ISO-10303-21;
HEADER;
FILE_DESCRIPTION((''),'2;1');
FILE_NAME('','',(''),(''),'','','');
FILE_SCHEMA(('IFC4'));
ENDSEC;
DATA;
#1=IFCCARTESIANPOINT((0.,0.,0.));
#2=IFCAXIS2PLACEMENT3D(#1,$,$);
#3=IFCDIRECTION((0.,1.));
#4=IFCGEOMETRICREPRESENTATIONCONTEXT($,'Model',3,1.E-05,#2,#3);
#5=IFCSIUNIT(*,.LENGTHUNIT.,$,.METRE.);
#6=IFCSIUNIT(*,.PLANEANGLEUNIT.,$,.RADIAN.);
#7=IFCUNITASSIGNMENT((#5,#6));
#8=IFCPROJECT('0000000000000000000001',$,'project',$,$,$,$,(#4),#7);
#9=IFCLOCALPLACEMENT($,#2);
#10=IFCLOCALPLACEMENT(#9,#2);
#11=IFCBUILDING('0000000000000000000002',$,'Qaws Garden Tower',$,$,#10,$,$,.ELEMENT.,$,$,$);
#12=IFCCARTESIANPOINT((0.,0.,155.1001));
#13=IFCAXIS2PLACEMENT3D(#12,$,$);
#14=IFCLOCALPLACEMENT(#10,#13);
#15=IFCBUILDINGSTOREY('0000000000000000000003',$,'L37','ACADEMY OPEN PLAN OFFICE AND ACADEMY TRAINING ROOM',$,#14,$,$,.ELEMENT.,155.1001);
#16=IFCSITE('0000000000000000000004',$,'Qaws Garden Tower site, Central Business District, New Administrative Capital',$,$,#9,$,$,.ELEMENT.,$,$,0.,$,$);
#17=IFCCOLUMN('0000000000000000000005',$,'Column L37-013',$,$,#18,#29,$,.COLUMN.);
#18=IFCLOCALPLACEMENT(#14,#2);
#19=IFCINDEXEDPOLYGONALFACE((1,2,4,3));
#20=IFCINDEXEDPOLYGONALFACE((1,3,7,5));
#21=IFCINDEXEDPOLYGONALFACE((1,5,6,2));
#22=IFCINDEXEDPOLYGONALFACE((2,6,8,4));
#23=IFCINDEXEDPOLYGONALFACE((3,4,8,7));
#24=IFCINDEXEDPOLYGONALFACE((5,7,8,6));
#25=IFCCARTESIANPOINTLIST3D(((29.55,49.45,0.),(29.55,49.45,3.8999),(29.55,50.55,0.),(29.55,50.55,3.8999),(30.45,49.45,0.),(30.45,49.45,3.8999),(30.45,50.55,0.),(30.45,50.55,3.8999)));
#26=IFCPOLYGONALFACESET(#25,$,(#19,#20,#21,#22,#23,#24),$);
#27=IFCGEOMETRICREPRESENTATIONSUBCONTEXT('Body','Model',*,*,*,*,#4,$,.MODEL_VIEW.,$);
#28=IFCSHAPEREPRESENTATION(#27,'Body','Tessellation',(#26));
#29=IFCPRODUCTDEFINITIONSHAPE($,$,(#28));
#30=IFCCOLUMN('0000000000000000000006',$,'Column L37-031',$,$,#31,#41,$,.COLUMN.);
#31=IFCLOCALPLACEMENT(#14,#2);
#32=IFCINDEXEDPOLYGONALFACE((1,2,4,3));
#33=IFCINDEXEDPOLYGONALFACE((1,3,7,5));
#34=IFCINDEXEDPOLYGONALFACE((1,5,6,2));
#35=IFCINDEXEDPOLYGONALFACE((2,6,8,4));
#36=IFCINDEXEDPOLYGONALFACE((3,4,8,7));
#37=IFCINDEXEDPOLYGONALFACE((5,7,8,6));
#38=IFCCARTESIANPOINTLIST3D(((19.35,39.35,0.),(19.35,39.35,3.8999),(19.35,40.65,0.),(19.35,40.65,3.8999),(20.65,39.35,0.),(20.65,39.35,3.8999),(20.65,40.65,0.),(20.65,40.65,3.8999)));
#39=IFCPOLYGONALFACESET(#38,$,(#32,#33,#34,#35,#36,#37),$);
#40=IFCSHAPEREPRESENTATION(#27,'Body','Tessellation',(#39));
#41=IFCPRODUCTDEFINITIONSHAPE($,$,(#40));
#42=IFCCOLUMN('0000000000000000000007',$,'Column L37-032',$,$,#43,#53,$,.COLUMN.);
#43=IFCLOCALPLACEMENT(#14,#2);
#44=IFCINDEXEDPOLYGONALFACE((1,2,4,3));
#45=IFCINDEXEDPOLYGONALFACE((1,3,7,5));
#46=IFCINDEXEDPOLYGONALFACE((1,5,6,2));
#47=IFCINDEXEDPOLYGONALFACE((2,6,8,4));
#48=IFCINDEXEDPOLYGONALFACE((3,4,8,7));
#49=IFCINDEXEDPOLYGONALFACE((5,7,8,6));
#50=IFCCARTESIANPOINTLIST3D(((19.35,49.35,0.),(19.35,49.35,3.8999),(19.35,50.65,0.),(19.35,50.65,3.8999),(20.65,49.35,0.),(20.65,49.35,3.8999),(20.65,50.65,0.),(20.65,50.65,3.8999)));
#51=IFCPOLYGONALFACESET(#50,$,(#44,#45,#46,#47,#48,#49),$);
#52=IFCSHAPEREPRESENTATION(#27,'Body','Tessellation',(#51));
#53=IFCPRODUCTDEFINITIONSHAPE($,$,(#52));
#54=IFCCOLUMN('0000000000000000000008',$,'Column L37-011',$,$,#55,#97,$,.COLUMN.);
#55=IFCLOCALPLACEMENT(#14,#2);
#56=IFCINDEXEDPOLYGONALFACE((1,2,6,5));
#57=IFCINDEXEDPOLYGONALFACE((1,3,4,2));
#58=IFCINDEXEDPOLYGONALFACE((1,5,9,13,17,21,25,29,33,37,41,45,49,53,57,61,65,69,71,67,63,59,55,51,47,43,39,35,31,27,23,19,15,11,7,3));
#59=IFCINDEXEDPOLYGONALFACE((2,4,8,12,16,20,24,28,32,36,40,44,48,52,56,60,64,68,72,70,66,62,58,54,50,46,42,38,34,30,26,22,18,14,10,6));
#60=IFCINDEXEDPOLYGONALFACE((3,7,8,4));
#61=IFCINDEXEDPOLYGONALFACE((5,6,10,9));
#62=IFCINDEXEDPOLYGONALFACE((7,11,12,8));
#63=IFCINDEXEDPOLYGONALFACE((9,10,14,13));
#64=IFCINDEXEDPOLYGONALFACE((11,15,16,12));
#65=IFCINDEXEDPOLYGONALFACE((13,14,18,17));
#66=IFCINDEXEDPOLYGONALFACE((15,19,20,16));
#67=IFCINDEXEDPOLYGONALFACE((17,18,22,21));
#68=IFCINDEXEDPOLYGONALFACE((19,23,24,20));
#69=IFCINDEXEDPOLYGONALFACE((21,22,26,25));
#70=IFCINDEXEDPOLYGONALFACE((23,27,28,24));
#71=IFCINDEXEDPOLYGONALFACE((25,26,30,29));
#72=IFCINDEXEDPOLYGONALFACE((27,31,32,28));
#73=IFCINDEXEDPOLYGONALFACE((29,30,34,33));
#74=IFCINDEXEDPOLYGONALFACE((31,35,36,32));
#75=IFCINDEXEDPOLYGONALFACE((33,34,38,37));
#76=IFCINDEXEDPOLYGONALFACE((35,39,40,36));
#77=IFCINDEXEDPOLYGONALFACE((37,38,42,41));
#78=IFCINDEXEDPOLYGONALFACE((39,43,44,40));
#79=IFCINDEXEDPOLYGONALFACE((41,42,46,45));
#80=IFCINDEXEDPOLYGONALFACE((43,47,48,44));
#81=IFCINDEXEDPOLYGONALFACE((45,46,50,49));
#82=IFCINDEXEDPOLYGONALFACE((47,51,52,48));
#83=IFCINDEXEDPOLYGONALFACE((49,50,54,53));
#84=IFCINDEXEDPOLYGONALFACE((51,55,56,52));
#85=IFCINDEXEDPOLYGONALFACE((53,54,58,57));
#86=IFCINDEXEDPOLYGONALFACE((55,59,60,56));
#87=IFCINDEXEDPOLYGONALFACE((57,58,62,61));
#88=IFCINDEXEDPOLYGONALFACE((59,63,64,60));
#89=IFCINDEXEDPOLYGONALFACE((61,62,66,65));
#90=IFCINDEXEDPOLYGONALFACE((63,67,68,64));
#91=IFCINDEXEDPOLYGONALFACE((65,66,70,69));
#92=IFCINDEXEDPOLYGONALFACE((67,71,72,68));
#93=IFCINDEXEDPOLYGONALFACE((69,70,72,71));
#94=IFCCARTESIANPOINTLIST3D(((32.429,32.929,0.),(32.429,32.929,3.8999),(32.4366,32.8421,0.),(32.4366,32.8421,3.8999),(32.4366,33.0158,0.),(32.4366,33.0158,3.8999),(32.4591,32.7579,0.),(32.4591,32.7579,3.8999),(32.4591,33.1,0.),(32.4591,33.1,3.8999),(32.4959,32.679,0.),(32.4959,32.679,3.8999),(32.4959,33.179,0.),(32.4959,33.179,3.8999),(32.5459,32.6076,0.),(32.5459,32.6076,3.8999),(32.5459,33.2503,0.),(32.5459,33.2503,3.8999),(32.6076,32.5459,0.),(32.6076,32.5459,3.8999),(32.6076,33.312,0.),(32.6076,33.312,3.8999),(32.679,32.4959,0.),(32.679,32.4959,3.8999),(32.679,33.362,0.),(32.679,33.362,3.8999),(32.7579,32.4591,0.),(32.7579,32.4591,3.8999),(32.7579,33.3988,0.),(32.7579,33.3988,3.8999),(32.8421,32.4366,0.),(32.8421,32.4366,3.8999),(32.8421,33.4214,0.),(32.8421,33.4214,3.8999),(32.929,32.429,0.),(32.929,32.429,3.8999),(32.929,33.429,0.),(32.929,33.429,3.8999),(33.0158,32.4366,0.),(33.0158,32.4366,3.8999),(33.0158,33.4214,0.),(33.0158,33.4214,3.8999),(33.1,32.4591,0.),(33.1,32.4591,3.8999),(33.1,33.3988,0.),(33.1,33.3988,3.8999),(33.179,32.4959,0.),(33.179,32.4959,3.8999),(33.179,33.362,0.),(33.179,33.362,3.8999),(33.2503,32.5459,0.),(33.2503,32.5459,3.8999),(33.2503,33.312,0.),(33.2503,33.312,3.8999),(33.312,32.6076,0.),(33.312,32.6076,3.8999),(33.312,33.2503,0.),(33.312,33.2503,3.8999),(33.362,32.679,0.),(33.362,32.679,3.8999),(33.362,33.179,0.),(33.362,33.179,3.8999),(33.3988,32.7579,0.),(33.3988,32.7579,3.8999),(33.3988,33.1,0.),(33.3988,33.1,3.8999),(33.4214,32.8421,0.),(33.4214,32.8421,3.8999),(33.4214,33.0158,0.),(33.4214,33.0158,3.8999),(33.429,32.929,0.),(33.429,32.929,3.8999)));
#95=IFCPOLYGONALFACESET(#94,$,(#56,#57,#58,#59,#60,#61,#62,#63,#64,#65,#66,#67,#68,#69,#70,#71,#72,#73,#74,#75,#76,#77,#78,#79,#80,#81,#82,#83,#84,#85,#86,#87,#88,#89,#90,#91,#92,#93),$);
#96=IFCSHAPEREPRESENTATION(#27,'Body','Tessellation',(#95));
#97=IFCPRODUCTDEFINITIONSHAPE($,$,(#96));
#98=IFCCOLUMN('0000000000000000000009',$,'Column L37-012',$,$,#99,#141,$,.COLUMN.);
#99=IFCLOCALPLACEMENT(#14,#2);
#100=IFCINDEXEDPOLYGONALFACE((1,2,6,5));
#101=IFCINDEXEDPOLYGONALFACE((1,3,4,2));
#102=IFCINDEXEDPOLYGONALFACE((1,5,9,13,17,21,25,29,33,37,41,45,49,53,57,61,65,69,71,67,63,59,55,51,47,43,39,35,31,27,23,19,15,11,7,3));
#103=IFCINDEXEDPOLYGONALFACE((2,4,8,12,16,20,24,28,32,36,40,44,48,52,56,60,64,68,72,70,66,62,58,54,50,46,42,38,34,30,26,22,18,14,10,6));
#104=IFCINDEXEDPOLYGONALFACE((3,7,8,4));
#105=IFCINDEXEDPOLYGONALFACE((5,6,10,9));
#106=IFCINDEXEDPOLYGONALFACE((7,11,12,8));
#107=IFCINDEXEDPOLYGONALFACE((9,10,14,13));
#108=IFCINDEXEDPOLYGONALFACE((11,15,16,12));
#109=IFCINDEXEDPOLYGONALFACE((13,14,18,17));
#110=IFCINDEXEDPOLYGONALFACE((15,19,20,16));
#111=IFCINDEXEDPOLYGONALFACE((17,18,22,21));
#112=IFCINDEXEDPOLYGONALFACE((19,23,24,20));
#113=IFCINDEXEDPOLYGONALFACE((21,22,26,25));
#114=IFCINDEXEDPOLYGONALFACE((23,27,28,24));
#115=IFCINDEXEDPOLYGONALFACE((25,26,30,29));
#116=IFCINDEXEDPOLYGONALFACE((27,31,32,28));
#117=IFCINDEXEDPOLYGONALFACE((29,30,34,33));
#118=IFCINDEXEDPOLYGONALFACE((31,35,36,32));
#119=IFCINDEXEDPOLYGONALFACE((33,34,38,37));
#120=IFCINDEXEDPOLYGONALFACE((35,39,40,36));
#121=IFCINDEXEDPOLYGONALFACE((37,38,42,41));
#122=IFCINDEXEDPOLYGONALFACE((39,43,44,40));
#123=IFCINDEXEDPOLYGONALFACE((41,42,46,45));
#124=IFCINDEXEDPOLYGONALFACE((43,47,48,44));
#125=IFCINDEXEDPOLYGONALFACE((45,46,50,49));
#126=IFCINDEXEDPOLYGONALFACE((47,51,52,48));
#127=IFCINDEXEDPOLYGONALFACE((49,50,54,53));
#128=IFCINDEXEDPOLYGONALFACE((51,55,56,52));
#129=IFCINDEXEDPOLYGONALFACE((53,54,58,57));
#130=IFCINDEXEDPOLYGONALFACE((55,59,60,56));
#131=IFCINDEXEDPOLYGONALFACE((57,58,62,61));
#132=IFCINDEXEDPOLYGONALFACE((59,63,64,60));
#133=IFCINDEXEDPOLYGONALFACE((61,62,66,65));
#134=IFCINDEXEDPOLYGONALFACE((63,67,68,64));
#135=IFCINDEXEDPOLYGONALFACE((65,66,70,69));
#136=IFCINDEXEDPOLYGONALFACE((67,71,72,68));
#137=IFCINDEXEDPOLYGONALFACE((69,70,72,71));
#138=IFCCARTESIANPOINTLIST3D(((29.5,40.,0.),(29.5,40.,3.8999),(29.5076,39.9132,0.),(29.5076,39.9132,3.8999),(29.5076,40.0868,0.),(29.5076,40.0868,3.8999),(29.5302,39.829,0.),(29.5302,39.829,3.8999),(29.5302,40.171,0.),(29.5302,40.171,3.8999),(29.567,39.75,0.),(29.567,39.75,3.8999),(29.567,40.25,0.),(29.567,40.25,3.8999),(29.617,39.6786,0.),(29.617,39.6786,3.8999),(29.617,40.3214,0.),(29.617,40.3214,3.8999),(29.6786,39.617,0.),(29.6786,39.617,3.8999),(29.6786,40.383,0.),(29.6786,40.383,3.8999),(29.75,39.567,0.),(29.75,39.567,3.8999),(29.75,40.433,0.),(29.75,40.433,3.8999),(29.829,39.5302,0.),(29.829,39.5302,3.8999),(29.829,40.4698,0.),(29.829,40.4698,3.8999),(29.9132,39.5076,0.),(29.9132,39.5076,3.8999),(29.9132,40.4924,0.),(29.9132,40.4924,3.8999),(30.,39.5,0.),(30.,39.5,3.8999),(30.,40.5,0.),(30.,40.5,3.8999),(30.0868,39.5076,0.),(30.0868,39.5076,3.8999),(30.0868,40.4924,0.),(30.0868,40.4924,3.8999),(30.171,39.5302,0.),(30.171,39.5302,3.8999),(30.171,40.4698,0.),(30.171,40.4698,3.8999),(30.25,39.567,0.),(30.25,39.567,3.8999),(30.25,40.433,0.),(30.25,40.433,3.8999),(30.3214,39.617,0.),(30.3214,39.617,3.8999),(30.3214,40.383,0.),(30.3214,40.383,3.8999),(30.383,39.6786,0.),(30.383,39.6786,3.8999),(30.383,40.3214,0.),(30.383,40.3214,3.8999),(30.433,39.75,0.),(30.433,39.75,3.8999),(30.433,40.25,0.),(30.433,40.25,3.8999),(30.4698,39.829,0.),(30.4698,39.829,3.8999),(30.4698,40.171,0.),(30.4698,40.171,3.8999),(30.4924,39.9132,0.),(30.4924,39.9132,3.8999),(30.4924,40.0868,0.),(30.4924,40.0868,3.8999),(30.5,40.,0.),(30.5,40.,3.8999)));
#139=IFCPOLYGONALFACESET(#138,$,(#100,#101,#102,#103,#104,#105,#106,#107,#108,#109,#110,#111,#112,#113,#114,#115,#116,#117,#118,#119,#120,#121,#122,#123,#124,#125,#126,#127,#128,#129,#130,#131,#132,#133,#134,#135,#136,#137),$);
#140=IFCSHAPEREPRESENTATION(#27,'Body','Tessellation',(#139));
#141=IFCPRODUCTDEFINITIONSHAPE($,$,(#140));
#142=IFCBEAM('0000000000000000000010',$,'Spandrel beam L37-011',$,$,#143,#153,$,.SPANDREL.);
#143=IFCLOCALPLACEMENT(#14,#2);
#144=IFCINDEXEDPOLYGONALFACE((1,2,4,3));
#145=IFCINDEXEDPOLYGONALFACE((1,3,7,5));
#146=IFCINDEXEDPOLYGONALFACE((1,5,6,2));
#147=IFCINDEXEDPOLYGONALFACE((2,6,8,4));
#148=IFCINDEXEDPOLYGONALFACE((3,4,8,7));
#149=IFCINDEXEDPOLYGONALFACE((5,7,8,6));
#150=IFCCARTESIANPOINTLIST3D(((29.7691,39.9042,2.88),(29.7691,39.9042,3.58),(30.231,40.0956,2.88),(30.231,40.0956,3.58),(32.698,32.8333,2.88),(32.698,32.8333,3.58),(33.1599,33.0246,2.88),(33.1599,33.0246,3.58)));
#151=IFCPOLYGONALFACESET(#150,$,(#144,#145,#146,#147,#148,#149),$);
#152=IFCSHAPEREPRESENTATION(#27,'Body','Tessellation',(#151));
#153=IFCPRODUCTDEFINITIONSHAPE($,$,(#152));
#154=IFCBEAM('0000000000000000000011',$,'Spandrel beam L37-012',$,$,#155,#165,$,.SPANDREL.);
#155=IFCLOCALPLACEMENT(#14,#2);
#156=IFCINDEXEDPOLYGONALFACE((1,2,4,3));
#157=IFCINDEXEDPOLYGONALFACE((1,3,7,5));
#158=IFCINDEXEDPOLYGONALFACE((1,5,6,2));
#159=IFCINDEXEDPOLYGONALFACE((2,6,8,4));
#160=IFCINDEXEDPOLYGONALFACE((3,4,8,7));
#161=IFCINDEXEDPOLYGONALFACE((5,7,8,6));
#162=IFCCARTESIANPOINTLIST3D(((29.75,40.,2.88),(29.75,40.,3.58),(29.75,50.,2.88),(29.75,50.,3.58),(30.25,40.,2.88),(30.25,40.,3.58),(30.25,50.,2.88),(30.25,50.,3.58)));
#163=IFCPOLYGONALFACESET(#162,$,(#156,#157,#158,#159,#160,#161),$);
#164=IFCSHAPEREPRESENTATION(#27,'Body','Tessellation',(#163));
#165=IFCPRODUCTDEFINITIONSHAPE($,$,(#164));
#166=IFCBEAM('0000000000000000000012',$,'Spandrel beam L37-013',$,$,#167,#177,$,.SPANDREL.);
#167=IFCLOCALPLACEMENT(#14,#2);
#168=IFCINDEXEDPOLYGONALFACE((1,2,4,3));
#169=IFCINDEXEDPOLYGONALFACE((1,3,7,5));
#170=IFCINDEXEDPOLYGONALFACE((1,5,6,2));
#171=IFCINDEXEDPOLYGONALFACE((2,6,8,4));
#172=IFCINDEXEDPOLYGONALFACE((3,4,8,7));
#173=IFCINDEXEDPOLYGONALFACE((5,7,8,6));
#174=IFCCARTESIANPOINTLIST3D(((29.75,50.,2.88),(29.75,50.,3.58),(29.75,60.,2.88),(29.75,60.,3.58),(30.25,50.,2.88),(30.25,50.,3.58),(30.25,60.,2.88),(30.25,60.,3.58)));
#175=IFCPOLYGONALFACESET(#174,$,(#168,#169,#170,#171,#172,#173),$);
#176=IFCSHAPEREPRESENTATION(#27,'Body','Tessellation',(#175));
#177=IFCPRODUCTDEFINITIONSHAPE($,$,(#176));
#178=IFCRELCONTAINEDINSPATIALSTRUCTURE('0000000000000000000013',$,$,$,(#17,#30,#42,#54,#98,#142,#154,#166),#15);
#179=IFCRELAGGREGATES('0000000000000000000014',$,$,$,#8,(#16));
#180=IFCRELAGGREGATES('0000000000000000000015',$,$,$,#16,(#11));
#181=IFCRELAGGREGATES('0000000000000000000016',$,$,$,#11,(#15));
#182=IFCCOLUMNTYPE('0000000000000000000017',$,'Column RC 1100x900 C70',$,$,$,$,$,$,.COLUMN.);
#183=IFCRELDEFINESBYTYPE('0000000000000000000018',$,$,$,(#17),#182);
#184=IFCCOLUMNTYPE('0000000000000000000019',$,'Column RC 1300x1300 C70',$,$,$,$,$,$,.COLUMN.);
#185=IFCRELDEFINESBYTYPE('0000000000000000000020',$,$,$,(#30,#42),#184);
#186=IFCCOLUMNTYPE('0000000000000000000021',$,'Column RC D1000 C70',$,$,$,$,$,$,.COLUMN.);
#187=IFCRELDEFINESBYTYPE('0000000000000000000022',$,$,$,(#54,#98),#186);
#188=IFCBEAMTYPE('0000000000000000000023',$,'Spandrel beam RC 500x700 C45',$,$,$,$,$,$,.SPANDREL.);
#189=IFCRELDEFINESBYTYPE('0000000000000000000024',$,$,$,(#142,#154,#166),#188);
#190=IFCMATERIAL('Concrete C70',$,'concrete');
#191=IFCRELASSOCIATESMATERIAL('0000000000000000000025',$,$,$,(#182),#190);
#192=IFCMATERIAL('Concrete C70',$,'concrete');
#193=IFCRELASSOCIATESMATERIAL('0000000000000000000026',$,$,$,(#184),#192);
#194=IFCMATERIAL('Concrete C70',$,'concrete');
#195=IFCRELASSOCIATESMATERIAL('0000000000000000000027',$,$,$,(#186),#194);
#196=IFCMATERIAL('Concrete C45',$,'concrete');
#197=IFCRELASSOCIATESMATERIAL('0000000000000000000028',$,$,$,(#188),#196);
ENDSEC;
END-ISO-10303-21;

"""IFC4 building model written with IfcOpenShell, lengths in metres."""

from ifc_helpers import new_model, si_unit, direction, frame, origin, origin_2d, place, context, subcontext, project, spatial, rectangle, circle, extrude, material, material_profile, profile_set, type_object, element, save


model = new_model("IFC4")

# Units and contexts
model_context = context("Model", 3, precision=1e-05, world=origin(), true_north=direction((0.0, 1.0)))
body_context = subcontext(model_context, "Body", "Model", "MODEL_VIEW")
ifc_project = project(units=[si_unit("LENGTHUNIT", "METRE"), si_unit("PLANEANGLEUNIT", "RADIAN")], contexts=[model_context])

# Site, building, storey
site_placement = place(None, origin())
site = spatial("IfcSite", under=ifc_project, at=site_placement, Name="Qaws Garden Tower site, Central Business District, New Administrative Capital", CompositionType="ELEMENT", RefElevation=0.0)
building_placement = place(site_placement, origin())
building = spatial("IfcBuilding", under=site, at=building_placement, Name="Qaws Garden Tower", CompositionType="ELEMENT")
storey_placement = place(building_placement, frame((0.0, 0.0, 155.1001)))
storey = spatial("IfcBuildingStorey", under=building, at=storey_placement, Name="L37", Description="ACADEMY OPEN PLAN OFFICE AND ACADEMY TRAINING ROOM", CompositionType="ELEMENT", Elevation=155.1001)

# Columns
ifc_material_1 = material(Name="Concrete C70", Category="concrete")
ifc_material_profile_1 = material_profile(ifc_material_1, rectangle(XDim=1.1001, YDim=0.8999, at=origin_2d()), Name="RC 1100x900")
ifc_profile_set_1 = profile_set([ifc_material_profile_1], Name="Concrete C70")
column_type_1 = type_object("IfcColumnType", Name="Column RC 1100x900 C70", PredefinedType="COLUMN", material=ifc_profile_set_1)
column_placement = place(storey_placement, frame((30.0, 50.0, 0.0), z_axis=(0.0, 0.0, 1.0), x_axis=(0.0, 1.0, 0.0)))
element("IfcColumn", 1, at=column_placement, inside=storey, type_object=column_type_1, Name="Column L37-013", PredefinedType="COLUMN", context=body_context, shape_type="SweptSolid", body=[
    extrude(rectangle(XDim=1.1001, YDim=0.8999, at=origin_2d()), origin(), (0.0, 0.0, 1.0), 3.8999),
])
ifc_material_2 = material(Name="Concrete C70", Category="concrete")
ifc_material_profile_2 = material_profile(ifc_material_2, rectangle(XDim=1.3, YDim=1.3, at=origin_2d()), Name="RC 1300x1300")
ifc_profile_set_2 = profile_set([ifc_material_profile_2], Name="Concrete C70")
column_type_2 = type_object("IfcColumnType", Name="Column RC 1300x1300 C70", PredefinedType="COLUMN", material=ifc_profile_set_2)
for number, where, z_axis, x_axis, name in (
    (2, (20.0, 40.0, 0.0), (0.0, 0.0, 1.0), (1.0, 0.0, 0.0), "Column L37-031"),
    (3, (20.0, 50.0, 0.0), (0.0, 0.0, 1.0), (1.0, 0.0, 0.0), "Column L37-032"),
):
    element("IfcColumn", number, at=place(storey_placement, frame(where, z_axis=z_axis, x_axis=x_axis)), inside=storey, type_object=column_type_2, Name=name, PredefinedType="COLUMN", context=body_context, shape_type="SweptSolid", body=[
        extrude(rectangle(XDim=1.3, YDim=1.3, at=origin_2d()), origin(), (0.0, 0.0, 1.0), 3.8999),
    ])
ifc_material_3 = material(Name="Concrete C70", Category="concrete")
ifc_material_profile_3 = material_profile(ifc_material_3, circle(Radius=0.5, at=origin_2d()), Name="RC D1000")
ifc_profile_set_3 = profile_set([ifc_material_profile_3], Name="Concrete C70")
column_type_3 = type_object("IfcColumnType", Name="Column RC D1000 C70", PredefinedType="COLUMN", material=ifc_profile_set_3)
for number, where, z_axis, x_axis, name in (
    (4, (32.929, 32.929, 0.0), (0.0, 0.0, 1.0), (1.0, 0.0, 0.0), "Column L37-011"),
    (5, (30.0, 40.0, 0.0), (0.0, 0.0, 1.0), (1.0, 0.0, 0.0), "Column L37-012"),
):
    element("IfcColumn", number, at=place(storey_placement, frame(where, z_axis=z_axis, x_axis=x_axis)), inside=storey, type_object=column_type_3, Name=name, PredefinedType="COLUMN", context=body_context, shape_type="SweptSolid", body=[
        extrude(circle(Radius=0.5, at=origin_2d()), origin(), (0.0, 0.0, 1.0), 3.8999),
    ])

# Beams
ifc_material_4 = material(Name="Concrete C45", Category="concrete")
ifc_material_profile_4 = material_profile(ifc_material_4, rectangle(XDim=0.5, YDim=0.7, at=origin_2d()), Name="RC 500x700")
ifc_profile_set_4 = profile_set([ifc_material_profile_4], Name="Concrete C45")
beam_type = type_object("IfcBeamType", Name="Spandrel beam RC 500x700 C45", PredefinedType="SPANDREL", material=ifc_profile_set_4)
beam_placement = place(storey_placement, frame((32.929, 32.929, 3.23), z_axis=(-0.382687, 0.923878, 0.0), x_axis=(-0.923878, -0.382687, 0.0)))
element("IfcBeam", 6, at=beam_placement, inside=storey, type_object=beam_type, Name="Spandrel beam L37-011", PredefinedType="SPANDREL", context=body_context, shape_type="SweptSolid", body=[
    extrude(rectangle(XDim=0.5, YDim=0.7, at=origin_2d()), origin(), (0.0, 0.0, 1.0), 7.6536),
])
for number, where, z_axis, x_axis, name in (
    (7, (30.0, 40.0, 3.23), (0.0, 1.0, 0.0), (-1.0, 0.0, 0.0), "Spandrel beam L37-012"),
    (8, (30.0, 50.0, 3.23), (0.0, 1.0, 0.0), (-1.0, 0.0, 0.0), "Spandrel beam L37-013"),
):
    element("IfcBeam", number, at=place(storey_placement, frame(where, z_axis=z_axis, x_axis=x_axis)), inside=storey, type_object=beam_type, Name=name, PredefinedType="SPANDREL", context=body_context, shape_type="SweptSolid", body=[
        extrude(rectangle(XDim=0.5, YDim=0.7, at=origin_2d()), origin(), (0.0, 0.0, 1.0), 10.0),
    ])

save(model, "model.ifc")
